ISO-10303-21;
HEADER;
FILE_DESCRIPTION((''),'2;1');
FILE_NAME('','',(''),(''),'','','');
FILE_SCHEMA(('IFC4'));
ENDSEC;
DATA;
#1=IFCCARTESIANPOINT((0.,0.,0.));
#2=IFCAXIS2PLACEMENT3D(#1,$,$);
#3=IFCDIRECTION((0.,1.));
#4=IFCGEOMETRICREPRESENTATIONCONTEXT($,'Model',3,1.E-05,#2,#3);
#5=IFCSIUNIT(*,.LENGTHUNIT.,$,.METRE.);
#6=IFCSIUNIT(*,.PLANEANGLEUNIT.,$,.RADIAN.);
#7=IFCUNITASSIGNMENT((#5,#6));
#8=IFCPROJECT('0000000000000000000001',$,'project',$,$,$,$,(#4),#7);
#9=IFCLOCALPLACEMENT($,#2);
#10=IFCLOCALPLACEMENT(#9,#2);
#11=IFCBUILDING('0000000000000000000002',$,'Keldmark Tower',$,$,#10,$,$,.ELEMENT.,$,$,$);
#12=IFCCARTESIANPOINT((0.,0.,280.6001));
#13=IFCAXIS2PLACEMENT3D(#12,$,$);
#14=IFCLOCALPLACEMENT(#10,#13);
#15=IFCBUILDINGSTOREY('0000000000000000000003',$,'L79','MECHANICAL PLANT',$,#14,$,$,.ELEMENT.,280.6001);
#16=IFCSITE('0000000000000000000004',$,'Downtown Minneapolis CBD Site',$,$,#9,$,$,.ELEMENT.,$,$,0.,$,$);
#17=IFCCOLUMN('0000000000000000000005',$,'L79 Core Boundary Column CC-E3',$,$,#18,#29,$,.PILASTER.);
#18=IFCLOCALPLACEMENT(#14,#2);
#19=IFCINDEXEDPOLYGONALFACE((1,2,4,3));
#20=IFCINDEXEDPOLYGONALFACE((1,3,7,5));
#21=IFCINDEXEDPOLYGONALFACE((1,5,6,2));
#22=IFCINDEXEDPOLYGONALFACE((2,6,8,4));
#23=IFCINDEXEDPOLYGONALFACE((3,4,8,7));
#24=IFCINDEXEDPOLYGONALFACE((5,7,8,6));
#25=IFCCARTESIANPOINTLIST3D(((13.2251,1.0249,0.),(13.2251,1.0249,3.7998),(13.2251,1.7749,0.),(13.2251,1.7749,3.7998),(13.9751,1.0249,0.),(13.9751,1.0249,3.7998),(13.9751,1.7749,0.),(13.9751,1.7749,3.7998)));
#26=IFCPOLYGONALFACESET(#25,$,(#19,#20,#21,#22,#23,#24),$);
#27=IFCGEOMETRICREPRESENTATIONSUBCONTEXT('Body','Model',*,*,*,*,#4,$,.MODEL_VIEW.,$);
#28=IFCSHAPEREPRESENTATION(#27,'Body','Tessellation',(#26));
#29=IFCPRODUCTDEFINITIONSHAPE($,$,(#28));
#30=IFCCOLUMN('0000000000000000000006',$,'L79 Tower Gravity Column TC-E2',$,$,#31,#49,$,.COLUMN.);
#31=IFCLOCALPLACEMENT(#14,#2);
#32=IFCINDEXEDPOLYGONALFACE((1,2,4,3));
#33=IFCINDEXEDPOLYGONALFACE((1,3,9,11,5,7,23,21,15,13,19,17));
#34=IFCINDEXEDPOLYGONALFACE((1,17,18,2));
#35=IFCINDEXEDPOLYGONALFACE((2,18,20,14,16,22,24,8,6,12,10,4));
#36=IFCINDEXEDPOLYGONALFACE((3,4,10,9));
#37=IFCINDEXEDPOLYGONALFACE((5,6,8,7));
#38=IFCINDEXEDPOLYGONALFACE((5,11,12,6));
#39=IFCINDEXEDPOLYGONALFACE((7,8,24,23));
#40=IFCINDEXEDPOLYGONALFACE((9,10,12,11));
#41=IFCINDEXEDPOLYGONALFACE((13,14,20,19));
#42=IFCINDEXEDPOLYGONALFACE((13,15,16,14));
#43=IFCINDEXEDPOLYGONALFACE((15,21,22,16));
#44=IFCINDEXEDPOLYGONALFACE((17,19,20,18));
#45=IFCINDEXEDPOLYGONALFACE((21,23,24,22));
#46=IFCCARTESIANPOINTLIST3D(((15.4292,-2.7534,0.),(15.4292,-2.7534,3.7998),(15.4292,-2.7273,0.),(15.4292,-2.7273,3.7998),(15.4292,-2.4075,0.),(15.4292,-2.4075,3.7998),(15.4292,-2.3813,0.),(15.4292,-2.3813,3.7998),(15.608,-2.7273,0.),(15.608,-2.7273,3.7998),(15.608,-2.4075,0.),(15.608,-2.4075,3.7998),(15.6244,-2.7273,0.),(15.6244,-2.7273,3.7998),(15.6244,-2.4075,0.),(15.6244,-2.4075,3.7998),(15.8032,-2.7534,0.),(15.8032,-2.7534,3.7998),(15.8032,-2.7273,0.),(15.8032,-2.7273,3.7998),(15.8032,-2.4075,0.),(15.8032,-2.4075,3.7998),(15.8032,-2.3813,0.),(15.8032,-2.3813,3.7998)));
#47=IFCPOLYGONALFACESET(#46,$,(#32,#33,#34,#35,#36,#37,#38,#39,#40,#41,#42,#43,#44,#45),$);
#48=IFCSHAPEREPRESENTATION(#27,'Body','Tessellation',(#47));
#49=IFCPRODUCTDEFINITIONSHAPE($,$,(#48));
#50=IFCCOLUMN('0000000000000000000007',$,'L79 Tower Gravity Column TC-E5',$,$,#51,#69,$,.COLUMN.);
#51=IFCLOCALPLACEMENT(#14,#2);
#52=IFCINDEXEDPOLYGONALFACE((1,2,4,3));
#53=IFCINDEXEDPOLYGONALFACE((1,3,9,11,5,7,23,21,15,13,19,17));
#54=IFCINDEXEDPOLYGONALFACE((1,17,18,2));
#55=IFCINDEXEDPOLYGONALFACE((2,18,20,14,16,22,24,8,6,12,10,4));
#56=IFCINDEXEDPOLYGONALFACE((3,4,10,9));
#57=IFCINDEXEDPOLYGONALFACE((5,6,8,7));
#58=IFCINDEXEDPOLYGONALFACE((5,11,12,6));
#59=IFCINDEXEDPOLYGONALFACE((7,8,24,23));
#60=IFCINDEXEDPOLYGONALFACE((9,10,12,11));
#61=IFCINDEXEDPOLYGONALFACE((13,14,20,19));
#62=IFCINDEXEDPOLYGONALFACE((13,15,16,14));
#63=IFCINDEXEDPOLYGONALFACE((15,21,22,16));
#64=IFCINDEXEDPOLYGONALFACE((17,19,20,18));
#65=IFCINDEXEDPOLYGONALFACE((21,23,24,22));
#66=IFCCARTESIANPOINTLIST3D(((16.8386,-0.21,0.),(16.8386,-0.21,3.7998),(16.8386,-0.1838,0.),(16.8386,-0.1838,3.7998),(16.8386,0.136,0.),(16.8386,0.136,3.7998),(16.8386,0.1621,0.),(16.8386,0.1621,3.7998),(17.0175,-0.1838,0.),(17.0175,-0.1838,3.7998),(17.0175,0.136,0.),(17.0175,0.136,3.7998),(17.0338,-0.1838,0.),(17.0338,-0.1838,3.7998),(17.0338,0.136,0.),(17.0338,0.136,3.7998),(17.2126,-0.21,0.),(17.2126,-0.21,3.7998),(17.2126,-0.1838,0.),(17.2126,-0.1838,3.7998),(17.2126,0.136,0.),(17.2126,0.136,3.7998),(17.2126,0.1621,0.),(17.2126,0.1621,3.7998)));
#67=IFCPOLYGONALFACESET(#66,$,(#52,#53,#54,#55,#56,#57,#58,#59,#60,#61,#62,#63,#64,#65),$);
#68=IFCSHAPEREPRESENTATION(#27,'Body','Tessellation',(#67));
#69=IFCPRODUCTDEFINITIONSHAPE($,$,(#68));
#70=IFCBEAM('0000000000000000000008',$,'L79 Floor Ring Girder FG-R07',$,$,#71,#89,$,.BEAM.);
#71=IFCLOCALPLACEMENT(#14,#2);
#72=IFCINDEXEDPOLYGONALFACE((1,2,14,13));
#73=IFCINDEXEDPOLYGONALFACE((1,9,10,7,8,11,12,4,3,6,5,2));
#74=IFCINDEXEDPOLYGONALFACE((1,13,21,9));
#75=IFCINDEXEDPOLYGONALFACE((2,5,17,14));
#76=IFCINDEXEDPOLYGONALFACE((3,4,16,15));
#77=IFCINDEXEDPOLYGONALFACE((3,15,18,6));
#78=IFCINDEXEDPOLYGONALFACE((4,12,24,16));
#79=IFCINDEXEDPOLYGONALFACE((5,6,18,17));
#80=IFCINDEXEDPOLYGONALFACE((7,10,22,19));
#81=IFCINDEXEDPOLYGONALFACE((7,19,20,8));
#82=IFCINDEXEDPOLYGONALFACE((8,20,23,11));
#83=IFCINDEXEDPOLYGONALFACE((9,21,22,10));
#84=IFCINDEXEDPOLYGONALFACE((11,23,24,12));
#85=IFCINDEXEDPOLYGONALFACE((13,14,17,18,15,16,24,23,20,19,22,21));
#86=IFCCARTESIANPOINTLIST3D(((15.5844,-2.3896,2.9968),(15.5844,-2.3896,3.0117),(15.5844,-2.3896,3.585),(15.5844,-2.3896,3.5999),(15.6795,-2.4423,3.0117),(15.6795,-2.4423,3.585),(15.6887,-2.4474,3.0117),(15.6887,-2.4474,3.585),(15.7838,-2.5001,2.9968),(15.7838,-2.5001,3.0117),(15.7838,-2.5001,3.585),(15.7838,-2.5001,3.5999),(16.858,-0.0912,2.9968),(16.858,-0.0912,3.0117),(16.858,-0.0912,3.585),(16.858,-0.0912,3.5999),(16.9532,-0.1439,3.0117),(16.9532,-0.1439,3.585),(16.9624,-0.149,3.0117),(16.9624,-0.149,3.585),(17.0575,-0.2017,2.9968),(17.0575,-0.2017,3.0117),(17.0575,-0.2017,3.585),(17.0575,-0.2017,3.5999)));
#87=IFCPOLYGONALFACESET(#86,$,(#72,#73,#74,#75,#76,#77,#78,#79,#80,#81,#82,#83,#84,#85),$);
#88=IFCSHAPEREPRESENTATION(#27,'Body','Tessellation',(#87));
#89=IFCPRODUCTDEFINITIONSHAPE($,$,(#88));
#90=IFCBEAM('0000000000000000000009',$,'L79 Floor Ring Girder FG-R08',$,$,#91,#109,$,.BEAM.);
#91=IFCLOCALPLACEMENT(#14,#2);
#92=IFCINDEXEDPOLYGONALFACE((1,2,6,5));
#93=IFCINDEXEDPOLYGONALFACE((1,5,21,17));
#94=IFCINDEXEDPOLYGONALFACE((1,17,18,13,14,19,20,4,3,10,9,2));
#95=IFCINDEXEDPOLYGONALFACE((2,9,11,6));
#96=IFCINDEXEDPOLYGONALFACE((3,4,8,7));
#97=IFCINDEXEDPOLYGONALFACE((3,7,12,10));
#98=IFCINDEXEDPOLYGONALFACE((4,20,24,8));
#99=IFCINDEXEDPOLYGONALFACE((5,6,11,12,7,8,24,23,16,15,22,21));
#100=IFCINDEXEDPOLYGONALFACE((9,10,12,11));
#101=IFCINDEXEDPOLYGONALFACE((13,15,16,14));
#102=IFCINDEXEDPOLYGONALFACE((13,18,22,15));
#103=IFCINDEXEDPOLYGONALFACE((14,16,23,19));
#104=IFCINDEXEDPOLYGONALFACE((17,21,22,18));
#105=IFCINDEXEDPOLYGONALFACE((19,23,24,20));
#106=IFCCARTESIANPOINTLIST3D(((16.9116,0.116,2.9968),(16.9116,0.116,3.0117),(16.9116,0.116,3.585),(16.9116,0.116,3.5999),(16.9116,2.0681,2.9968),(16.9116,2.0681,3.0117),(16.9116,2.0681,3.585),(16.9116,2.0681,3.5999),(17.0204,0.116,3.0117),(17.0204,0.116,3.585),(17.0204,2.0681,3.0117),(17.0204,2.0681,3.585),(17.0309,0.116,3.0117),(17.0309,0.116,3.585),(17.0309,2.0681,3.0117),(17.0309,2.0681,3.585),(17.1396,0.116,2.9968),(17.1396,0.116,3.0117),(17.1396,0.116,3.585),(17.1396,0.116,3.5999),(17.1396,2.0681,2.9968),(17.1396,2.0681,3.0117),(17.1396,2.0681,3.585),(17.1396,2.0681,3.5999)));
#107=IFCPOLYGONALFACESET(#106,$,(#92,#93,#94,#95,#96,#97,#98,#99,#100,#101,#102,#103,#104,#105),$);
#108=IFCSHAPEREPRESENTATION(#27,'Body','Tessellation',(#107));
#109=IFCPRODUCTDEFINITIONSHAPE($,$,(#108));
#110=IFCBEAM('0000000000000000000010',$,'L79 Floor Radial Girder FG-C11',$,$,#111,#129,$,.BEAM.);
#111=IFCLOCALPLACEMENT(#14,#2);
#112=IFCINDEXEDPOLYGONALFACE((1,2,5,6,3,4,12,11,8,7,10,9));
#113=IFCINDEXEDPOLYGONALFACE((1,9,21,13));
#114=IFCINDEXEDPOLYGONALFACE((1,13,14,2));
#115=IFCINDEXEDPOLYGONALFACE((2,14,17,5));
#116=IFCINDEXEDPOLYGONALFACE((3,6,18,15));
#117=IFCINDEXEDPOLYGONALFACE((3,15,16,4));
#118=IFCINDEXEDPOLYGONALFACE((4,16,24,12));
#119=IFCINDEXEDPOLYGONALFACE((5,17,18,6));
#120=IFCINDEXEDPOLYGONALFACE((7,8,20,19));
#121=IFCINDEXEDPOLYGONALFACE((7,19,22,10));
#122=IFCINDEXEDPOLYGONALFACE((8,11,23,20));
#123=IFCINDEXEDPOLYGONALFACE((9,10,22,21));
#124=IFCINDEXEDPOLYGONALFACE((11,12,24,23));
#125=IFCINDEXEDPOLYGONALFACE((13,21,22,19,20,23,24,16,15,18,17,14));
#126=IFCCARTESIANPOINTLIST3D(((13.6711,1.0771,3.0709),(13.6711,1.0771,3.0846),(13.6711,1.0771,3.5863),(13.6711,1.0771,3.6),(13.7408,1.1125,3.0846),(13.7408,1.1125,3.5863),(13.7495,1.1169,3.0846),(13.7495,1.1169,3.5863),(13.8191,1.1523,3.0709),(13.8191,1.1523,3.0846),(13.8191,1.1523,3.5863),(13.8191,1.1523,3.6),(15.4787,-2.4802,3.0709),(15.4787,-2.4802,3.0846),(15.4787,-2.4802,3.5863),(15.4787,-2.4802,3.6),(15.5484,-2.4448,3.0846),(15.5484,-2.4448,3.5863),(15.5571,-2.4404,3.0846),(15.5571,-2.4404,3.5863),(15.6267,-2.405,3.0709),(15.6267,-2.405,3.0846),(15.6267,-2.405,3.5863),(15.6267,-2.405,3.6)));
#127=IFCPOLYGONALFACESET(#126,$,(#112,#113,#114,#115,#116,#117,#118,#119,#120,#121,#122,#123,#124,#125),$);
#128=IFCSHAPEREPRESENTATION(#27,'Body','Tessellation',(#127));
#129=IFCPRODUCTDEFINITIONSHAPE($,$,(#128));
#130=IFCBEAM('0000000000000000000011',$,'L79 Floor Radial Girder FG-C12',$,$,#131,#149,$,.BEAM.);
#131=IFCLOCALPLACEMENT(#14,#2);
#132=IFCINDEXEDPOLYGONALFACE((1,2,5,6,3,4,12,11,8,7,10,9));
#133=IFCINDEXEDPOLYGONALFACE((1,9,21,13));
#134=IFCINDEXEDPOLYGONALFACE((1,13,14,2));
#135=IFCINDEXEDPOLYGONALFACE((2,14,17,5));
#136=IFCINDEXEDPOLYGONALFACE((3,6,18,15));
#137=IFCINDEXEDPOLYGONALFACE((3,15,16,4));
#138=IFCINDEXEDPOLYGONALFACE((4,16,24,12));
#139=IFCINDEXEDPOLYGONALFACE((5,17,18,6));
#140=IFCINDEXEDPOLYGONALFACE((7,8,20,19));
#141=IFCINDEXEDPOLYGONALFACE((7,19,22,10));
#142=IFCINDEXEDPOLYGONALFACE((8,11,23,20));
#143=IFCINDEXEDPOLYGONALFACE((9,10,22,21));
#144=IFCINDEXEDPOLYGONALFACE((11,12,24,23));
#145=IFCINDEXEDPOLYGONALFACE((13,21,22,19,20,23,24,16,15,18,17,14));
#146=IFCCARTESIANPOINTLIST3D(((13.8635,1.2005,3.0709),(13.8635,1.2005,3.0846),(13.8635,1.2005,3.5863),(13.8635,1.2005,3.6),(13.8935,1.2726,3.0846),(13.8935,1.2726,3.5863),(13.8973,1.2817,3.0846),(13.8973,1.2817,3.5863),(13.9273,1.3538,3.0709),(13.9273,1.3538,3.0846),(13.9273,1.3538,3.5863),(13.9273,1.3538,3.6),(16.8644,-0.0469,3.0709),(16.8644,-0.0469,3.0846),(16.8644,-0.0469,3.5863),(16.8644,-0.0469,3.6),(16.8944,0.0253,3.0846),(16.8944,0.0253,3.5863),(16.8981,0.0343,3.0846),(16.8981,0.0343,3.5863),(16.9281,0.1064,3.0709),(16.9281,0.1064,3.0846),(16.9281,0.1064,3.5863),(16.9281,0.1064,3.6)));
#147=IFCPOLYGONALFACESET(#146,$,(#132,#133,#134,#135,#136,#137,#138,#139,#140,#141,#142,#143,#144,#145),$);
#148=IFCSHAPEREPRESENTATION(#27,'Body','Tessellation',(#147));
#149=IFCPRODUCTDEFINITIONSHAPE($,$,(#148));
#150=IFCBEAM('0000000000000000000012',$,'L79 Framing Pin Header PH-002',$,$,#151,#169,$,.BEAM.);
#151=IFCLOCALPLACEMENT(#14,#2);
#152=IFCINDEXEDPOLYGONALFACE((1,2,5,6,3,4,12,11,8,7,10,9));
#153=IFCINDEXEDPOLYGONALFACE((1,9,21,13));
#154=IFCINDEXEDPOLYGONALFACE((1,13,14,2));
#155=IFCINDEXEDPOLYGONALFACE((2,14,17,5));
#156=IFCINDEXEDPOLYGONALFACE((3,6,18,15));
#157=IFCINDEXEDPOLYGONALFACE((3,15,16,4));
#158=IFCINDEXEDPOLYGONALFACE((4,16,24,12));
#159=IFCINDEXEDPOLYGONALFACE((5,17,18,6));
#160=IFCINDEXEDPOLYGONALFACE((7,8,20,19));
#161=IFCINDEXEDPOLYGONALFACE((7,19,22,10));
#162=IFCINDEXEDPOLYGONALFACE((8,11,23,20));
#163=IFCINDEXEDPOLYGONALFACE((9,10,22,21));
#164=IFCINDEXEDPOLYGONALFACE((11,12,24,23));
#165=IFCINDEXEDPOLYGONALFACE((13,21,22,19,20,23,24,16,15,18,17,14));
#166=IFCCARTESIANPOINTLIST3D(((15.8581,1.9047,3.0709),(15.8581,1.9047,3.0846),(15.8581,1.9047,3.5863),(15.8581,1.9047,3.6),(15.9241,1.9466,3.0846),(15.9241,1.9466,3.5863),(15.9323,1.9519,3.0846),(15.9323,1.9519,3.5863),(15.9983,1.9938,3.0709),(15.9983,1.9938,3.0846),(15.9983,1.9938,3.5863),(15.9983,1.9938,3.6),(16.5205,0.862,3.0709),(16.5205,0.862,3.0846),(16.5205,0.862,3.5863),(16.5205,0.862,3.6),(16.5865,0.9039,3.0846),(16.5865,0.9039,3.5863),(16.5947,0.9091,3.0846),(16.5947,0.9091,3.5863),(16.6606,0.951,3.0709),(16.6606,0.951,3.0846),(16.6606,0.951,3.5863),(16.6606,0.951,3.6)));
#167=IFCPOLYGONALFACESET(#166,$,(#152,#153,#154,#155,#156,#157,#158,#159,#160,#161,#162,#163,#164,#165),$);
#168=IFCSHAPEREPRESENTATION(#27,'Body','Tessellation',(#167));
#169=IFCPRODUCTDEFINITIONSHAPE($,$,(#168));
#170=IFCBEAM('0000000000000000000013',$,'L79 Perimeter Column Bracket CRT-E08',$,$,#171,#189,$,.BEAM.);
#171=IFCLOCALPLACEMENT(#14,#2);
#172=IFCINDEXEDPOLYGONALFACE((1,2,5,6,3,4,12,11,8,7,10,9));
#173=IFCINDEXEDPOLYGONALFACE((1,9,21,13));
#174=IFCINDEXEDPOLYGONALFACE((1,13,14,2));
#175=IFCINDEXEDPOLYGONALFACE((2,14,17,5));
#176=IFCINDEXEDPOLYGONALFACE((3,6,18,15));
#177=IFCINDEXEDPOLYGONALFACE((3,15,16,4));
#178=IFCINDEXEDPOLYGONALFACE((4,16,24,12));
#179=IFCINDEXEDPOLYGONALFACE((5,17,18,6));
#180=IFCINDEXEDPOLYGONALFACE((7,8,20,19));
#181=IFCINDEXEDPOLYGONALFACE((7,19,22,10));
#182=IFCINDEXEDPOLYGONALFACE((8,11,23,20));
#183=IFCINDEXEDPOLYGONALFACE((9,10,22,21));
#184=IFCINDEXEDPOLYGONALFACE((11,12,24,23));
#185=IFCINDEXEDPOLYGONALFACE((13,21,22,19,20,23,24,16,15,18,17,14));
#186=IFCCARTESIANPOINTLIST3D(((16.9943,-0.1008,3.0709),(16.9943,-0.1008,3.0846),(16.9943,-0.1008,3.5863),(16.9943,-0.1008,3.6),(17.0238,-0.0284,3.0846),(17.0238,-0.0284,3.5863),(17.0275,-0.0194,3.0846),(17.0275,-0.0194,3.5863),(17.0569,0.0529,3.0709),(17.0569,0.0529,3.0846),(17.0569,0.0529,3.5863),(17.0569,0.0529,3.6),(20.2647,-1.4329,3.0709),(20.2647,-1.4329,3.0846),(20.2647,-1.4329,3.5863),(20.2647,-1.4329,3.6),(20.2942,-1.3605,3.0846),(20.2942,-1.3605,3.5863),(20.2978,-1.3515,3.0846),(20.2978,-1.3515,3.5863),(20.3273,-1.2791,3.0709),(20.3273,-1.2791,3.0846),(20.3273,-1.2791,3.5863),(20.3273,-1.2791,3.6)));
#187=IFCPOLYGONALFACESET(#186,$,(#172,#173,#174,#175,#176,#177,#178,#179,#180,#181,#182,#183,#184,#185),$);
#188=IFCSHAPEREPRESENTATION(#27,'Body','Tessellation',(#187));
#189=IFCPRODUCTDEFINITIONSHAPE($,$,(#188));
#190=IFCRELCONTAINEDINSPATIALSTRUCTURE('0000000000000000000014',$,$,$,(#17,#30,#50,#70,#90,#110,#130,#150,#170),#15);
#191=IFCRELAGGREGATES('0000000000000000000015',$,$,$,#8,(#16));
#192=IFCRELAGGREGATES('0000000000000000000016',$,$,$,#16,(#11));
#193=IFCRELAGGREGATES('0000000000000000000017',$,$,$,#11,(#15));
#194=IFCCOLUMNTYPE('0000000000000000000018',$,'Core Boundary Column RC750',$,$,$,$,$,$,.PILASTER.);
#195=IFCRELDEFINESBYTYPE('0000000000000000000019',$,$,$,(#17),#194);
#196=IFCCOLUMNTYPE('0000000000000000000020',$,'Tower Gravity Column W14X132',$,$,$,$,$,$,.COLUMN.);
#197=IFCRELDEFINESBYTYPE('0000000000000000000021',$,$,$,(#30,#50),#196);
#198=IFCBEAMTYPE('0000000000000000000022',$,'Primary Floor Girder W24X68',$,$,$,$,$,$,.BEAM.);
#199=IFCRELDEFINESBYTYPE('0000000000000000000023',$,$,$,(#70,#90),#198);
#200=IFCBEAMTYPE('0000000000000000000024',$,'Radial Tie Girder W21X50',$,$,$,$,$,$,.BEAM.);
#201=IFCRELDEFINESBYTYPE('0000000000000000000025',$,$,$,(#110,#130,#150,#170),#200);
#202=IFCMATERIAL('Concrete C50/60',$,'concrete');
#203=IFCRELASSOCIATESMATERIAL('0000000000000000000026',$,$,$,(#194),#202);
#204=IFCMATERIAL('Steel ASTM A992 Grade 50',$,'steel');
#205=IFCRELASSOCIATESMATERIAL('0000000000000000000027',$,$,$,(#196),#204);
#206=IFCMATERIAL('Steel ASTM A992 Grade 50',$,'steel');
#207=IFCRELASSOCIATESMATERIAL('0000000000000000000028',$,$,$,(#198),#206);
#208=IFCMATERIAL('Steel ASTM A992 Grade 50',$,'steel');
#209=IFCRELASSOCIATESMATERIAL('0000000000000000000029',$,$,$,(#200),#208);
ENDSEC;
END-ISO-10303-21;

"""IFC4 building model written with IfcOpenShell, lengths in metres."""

from ifc_helpers import new_model, si_unit, direction, frame, origin, origin_2d, place, context, subcontext, project, spatial, rectangle, i_section, extrude, material, material_profile, profile_set, type_object, element, save


model = new_model("IFC4")

# Units and contexts
model_context = context("Model", 3, precision=1e-05, world=origin(), true_north=direction((0.0, 1.0)))
body_context = subcontext(model_context, "Body", "Model", "MODEL_VIEW")
ifc_project = project(units=[si_unit("LENGTHUNIT", "METRE"), si_unit("PLANEANGLEUNIT", "RADIAN")], contexts=[model_context])

# Site, building, storey
site_placement = place(None, origin())
site = spatial("IfcSite", under=ifc_project, at=site_placement, Name="Downtown Minneapolis CBD Site", CompositionType="ELEMENT", RefElevation=0.0)
building_placement = place(site_placement, origin())
building = spatial("IfcBuilding", under=site, at=building_placement, Name="Keldmark Tower", CompositionType="ELEMENT")
storey_placement = place(building_placement, frame((0.0, 0.0, 280.6001)))
storey = spatial("IfcBuildingStorey", under=building, at=storey_placement, Name="L79", Description="MECHANICAL PLANT", CompositionType="ELEMENT", Elevation=280.6001)

# Columns
ifc_material_1 = material(Name="Concrete C50/60", Category="concrete")
ifc_material_profile_1 = material_profile(ifc_material_1, rectangle(XDim=0.75, YDim=0.75, at=origin_2d()), Name="RC750X750")
ifc_profile_set_1 = profile_set([ifc_material_profile_1], Name="Concrete C50/60")
column_type_1 = type_object("IfcColumnType", Name="Core Boundary Column RC750", PredefinedType="PILASTER", material=ifc_profile_set_1)
column_placement = place(storey_placement, frame((13.6001, 1.3999, 0.0), z_axis=(0.0, 0.0, 1.0), x_axis=(1.0, 0.0, 0.0)))
element("IfcColumn", 1, at=column_placement, inside=storey, type_object=column_type_1, Name="L79 Core Boundary Column CC-E3", PredefinedType="PILASTER", context=body_context, shape_type="SweptSolid", body=[
    extrude(rectangle(XDim=0.75, YDim=0.75, at=origin_2d()), origin(), (0.0, 0.0, 1.0), 3.7998),
])
ifc_material_2 = material(Name="Steel ASTM A992 Grade 50", Category="steel")
ifc_material_profile_2 = material_profile(ifc_material_2, i_section(OverallWidth=0.374, OverallDepth=0.3721, WebThickness=0.0164, FlangeThickness=0.0261, at=origin_2d()), Name="W14X132")
ifc_profile_set_2 = profile_set([ifc_material_profile_2], Name="Steel ASTM A992 Grade 50")
column_type_2 = type_object("IfcColumnType", Name="Tower Gravity Column W14X132", PredefinedType="COLUMN", material=ifc_profile_set_2)
for number, where, z_axis, x_axis, name in (
    (2, (15.6162, -2.5674, 0.0), (0.0, 0.0, 1.0), (1.0, 0.0, 0.0), "L79 Tower Gravity Column TC-E2"),
    (3, (17.0256, -0.0239, 0.0), (0.0, 0.0, 1.0), (1.0, 0.0, 0.0), "L79 Tower Gravity Column TC-E5"),
):
    element("IfcColumn", number, at=place(storey_placement, frame(where, z_axis=z_axis, x_axis=x_axis)), inside=storey, type_object=column_type_2, Name=name, PredefinedType="COLUMN", context=body_context, shape_type="SweptSolid", body=[
        extrude(i_section(OverallWidth=0.374, OverallDepth=0.3721, WebThickness=0.0164, FlangeThickness=0.0261, at=origin_2d()), origin(), (0.0, 0.0, 1.0), 3.7998),
    ])

# Beams
ifc_material_3 = material(Name="Steel ASTM A992 Grade 50", Category="steel")
ifc_material_profile_3 = material_profile(ifc_material_3, i_section(OverallWidth=0.228, OverallDepth=0.603, WebThickness=0.0105, FlangeThickness=0.0149, at=origin_2d()), Name="W24X68")
ifc_profile_set_3 = profile_set([ifc_material_profile_3], Name="Steel ASTM A992 Grade 50")
beam_type_1 = type_object("IfcBeamType", Name="Primary Floor Girder W24X68", PredefinedType="BEAM", material=ifc_profile_set_3)
beam_1_placement = place(storey_placement, frame((15.6841, -2.4448, 3.2983), z_axis=(0.48472, 0.87467, 0.0), x_axis=(-0.87467, 0.48472, 0.0)))
element("IfcBeam", 4, at=beam_1_placement, inside=storey, type_object=beam_type_1, Name="L79 Floor Ring Girder FG-R07", PredefinedType="BEAM", context=body_context, shape_type="SweptSolid", body=[
    extrude(i_section(OverallWidth=0.228, OverallDepth=0.603, WebThickness=0.0105, FlangeThickness=0.0149, at=origin_2d()), origin(), (0.0, 0.0, 1.0), 2.6277),
])
beam_2_placement = place(storey_placement, frame((17.0256, 0.116, 3.2983), z_axis=(0.0, 1.0, 0.0), x_axis=(-1.0, 0.0, 0.0)))
element("IfcBeam", 5, at=beam_2_placement, inside=storey, type_object=beam_type_1, Name="L79 Floor Ring Girder FG-R08", PredefinedType="BEAM", context=body_context, shape_type="SweptSolid", body=[
    extrude(i_section(OverallWidth=0.228, OverallDepth=0.603, WebThickness=0.0105, FlangeThickness=0.0149, at=origin_2d()), origin(), (0.0, 0.0, 1.0), 1.9521),
])
ifc_material_4 = material(Name="Steel ASTM A992 Grade 50", Category="steel")
ifc_material_profile_4 = material_profile(ifc_material_4, i_section(OverallWidth=0.166, OverallDepth=0.5291, WebThickness=0.0098, FlangeThickness=0.0137, at=origin_2d()), Name="W21X50")
ifc_profile_set_4 = profile_set([ifc_material_profile_4], Name="Steel ASTM A992 Grade 50")
beam_type_2 = type_object("IfcBeamType", Name="Radial Tie Girder W21X50", PredefinedType="BEAM", material=ifc_profile_set_4)
beam_3_placement = place(storey_placement, frame((15.5527, -2.4426, 3.3354), z_axis=(-0.453004, 0.891508, 0.0), x_axis=(-0.891508, -0.453004, 0.0)))
element("IfcBeam", 6, at=beam_3_placement, inside=storey, type_object=beam_type_2, Name="L79 Floor Radial Girder FG-C11", PredefinedType="BEAM", context=body_context, shape_type="SweptSolid", body=[
    extrude(i_section(OverallWidth=0.166, OverallDepth=0.5291, WebThickness=0.0098, FlangeThickness=0.0137, at=origin_2d()), origin(), (0.0, 0.0, 1.0), 3.9902),
])
beam_4_placement = place(storey_placement, frame((16.8962, 0.0298, 3.3354), z_axis=(-0.923403, 0.383831, 0.0), x_axis=(-0.383831, -0.923403, 0.0)))
element("IfcBeam", 7, at=beam_4_placement, inside=storey, type_object=beam_type_2, Name="L79 Floor Radial Girder FG-C12", PredefinedType="BEAM", context=body_context, shape_type="SweptSolid", body=[
    extrude(i_section(OverallWidth=0.166, OverallDepth=0.5291, WebThickness=0.0098, FlangeThickness=0.0137, at=origin_2d()), origin(), (0.0, 0.0, 1.0), 3.2498),
])
beam_5_placement = place(storey_placement, frame((16.5906, 0.9065, 3.3354), z_axis=(-0.536185, 0.844101, 0.0), x_axis=(-0.844101, -0.536185, 0.0)))
element("IfcBeam", 8, at=beam_5_placement, inside=storey, type_object=beam_type_2, Name="L79 Framing Pin Header PH-002", PredefinedType="BEAM", context=body_context, shape_type="SweptSolid", body=[
    extrude(i_section(OverallWidth=0.166, OverallDepth=0.5291, WebThickness=0.0098, FlangeThickness=0.0137, at=origin_2d()), origin(), (0.0, 0.0, 1.0), 1.2354),
])
beam_6_placement = place(storey_placement, frame((17.0256, -0.0239, 3.3354), z_axis=(0.926122, -0.377224, 0.0), x_axis=(0.377224, 0.926122, 0.0)))
element("IfcBeam", 9, at=beam_6_placement, inside=storey, type_object=beam_type_2, Name="L79 Perimeter Column Bracket CRT-E08", PredefinedType="BEAM", context=body_context, shape_type="SweptSolid", body=[
    extrude(i_section(OverallWidth=0.166, OverallDepth=0.5291, WebThickness=0.0098, FlangeThickness=0.0137, at=origin_2d()), origin(), (0.0, 0.0, 1.0), 3.5312),
])

save(model, "model.ifc")
